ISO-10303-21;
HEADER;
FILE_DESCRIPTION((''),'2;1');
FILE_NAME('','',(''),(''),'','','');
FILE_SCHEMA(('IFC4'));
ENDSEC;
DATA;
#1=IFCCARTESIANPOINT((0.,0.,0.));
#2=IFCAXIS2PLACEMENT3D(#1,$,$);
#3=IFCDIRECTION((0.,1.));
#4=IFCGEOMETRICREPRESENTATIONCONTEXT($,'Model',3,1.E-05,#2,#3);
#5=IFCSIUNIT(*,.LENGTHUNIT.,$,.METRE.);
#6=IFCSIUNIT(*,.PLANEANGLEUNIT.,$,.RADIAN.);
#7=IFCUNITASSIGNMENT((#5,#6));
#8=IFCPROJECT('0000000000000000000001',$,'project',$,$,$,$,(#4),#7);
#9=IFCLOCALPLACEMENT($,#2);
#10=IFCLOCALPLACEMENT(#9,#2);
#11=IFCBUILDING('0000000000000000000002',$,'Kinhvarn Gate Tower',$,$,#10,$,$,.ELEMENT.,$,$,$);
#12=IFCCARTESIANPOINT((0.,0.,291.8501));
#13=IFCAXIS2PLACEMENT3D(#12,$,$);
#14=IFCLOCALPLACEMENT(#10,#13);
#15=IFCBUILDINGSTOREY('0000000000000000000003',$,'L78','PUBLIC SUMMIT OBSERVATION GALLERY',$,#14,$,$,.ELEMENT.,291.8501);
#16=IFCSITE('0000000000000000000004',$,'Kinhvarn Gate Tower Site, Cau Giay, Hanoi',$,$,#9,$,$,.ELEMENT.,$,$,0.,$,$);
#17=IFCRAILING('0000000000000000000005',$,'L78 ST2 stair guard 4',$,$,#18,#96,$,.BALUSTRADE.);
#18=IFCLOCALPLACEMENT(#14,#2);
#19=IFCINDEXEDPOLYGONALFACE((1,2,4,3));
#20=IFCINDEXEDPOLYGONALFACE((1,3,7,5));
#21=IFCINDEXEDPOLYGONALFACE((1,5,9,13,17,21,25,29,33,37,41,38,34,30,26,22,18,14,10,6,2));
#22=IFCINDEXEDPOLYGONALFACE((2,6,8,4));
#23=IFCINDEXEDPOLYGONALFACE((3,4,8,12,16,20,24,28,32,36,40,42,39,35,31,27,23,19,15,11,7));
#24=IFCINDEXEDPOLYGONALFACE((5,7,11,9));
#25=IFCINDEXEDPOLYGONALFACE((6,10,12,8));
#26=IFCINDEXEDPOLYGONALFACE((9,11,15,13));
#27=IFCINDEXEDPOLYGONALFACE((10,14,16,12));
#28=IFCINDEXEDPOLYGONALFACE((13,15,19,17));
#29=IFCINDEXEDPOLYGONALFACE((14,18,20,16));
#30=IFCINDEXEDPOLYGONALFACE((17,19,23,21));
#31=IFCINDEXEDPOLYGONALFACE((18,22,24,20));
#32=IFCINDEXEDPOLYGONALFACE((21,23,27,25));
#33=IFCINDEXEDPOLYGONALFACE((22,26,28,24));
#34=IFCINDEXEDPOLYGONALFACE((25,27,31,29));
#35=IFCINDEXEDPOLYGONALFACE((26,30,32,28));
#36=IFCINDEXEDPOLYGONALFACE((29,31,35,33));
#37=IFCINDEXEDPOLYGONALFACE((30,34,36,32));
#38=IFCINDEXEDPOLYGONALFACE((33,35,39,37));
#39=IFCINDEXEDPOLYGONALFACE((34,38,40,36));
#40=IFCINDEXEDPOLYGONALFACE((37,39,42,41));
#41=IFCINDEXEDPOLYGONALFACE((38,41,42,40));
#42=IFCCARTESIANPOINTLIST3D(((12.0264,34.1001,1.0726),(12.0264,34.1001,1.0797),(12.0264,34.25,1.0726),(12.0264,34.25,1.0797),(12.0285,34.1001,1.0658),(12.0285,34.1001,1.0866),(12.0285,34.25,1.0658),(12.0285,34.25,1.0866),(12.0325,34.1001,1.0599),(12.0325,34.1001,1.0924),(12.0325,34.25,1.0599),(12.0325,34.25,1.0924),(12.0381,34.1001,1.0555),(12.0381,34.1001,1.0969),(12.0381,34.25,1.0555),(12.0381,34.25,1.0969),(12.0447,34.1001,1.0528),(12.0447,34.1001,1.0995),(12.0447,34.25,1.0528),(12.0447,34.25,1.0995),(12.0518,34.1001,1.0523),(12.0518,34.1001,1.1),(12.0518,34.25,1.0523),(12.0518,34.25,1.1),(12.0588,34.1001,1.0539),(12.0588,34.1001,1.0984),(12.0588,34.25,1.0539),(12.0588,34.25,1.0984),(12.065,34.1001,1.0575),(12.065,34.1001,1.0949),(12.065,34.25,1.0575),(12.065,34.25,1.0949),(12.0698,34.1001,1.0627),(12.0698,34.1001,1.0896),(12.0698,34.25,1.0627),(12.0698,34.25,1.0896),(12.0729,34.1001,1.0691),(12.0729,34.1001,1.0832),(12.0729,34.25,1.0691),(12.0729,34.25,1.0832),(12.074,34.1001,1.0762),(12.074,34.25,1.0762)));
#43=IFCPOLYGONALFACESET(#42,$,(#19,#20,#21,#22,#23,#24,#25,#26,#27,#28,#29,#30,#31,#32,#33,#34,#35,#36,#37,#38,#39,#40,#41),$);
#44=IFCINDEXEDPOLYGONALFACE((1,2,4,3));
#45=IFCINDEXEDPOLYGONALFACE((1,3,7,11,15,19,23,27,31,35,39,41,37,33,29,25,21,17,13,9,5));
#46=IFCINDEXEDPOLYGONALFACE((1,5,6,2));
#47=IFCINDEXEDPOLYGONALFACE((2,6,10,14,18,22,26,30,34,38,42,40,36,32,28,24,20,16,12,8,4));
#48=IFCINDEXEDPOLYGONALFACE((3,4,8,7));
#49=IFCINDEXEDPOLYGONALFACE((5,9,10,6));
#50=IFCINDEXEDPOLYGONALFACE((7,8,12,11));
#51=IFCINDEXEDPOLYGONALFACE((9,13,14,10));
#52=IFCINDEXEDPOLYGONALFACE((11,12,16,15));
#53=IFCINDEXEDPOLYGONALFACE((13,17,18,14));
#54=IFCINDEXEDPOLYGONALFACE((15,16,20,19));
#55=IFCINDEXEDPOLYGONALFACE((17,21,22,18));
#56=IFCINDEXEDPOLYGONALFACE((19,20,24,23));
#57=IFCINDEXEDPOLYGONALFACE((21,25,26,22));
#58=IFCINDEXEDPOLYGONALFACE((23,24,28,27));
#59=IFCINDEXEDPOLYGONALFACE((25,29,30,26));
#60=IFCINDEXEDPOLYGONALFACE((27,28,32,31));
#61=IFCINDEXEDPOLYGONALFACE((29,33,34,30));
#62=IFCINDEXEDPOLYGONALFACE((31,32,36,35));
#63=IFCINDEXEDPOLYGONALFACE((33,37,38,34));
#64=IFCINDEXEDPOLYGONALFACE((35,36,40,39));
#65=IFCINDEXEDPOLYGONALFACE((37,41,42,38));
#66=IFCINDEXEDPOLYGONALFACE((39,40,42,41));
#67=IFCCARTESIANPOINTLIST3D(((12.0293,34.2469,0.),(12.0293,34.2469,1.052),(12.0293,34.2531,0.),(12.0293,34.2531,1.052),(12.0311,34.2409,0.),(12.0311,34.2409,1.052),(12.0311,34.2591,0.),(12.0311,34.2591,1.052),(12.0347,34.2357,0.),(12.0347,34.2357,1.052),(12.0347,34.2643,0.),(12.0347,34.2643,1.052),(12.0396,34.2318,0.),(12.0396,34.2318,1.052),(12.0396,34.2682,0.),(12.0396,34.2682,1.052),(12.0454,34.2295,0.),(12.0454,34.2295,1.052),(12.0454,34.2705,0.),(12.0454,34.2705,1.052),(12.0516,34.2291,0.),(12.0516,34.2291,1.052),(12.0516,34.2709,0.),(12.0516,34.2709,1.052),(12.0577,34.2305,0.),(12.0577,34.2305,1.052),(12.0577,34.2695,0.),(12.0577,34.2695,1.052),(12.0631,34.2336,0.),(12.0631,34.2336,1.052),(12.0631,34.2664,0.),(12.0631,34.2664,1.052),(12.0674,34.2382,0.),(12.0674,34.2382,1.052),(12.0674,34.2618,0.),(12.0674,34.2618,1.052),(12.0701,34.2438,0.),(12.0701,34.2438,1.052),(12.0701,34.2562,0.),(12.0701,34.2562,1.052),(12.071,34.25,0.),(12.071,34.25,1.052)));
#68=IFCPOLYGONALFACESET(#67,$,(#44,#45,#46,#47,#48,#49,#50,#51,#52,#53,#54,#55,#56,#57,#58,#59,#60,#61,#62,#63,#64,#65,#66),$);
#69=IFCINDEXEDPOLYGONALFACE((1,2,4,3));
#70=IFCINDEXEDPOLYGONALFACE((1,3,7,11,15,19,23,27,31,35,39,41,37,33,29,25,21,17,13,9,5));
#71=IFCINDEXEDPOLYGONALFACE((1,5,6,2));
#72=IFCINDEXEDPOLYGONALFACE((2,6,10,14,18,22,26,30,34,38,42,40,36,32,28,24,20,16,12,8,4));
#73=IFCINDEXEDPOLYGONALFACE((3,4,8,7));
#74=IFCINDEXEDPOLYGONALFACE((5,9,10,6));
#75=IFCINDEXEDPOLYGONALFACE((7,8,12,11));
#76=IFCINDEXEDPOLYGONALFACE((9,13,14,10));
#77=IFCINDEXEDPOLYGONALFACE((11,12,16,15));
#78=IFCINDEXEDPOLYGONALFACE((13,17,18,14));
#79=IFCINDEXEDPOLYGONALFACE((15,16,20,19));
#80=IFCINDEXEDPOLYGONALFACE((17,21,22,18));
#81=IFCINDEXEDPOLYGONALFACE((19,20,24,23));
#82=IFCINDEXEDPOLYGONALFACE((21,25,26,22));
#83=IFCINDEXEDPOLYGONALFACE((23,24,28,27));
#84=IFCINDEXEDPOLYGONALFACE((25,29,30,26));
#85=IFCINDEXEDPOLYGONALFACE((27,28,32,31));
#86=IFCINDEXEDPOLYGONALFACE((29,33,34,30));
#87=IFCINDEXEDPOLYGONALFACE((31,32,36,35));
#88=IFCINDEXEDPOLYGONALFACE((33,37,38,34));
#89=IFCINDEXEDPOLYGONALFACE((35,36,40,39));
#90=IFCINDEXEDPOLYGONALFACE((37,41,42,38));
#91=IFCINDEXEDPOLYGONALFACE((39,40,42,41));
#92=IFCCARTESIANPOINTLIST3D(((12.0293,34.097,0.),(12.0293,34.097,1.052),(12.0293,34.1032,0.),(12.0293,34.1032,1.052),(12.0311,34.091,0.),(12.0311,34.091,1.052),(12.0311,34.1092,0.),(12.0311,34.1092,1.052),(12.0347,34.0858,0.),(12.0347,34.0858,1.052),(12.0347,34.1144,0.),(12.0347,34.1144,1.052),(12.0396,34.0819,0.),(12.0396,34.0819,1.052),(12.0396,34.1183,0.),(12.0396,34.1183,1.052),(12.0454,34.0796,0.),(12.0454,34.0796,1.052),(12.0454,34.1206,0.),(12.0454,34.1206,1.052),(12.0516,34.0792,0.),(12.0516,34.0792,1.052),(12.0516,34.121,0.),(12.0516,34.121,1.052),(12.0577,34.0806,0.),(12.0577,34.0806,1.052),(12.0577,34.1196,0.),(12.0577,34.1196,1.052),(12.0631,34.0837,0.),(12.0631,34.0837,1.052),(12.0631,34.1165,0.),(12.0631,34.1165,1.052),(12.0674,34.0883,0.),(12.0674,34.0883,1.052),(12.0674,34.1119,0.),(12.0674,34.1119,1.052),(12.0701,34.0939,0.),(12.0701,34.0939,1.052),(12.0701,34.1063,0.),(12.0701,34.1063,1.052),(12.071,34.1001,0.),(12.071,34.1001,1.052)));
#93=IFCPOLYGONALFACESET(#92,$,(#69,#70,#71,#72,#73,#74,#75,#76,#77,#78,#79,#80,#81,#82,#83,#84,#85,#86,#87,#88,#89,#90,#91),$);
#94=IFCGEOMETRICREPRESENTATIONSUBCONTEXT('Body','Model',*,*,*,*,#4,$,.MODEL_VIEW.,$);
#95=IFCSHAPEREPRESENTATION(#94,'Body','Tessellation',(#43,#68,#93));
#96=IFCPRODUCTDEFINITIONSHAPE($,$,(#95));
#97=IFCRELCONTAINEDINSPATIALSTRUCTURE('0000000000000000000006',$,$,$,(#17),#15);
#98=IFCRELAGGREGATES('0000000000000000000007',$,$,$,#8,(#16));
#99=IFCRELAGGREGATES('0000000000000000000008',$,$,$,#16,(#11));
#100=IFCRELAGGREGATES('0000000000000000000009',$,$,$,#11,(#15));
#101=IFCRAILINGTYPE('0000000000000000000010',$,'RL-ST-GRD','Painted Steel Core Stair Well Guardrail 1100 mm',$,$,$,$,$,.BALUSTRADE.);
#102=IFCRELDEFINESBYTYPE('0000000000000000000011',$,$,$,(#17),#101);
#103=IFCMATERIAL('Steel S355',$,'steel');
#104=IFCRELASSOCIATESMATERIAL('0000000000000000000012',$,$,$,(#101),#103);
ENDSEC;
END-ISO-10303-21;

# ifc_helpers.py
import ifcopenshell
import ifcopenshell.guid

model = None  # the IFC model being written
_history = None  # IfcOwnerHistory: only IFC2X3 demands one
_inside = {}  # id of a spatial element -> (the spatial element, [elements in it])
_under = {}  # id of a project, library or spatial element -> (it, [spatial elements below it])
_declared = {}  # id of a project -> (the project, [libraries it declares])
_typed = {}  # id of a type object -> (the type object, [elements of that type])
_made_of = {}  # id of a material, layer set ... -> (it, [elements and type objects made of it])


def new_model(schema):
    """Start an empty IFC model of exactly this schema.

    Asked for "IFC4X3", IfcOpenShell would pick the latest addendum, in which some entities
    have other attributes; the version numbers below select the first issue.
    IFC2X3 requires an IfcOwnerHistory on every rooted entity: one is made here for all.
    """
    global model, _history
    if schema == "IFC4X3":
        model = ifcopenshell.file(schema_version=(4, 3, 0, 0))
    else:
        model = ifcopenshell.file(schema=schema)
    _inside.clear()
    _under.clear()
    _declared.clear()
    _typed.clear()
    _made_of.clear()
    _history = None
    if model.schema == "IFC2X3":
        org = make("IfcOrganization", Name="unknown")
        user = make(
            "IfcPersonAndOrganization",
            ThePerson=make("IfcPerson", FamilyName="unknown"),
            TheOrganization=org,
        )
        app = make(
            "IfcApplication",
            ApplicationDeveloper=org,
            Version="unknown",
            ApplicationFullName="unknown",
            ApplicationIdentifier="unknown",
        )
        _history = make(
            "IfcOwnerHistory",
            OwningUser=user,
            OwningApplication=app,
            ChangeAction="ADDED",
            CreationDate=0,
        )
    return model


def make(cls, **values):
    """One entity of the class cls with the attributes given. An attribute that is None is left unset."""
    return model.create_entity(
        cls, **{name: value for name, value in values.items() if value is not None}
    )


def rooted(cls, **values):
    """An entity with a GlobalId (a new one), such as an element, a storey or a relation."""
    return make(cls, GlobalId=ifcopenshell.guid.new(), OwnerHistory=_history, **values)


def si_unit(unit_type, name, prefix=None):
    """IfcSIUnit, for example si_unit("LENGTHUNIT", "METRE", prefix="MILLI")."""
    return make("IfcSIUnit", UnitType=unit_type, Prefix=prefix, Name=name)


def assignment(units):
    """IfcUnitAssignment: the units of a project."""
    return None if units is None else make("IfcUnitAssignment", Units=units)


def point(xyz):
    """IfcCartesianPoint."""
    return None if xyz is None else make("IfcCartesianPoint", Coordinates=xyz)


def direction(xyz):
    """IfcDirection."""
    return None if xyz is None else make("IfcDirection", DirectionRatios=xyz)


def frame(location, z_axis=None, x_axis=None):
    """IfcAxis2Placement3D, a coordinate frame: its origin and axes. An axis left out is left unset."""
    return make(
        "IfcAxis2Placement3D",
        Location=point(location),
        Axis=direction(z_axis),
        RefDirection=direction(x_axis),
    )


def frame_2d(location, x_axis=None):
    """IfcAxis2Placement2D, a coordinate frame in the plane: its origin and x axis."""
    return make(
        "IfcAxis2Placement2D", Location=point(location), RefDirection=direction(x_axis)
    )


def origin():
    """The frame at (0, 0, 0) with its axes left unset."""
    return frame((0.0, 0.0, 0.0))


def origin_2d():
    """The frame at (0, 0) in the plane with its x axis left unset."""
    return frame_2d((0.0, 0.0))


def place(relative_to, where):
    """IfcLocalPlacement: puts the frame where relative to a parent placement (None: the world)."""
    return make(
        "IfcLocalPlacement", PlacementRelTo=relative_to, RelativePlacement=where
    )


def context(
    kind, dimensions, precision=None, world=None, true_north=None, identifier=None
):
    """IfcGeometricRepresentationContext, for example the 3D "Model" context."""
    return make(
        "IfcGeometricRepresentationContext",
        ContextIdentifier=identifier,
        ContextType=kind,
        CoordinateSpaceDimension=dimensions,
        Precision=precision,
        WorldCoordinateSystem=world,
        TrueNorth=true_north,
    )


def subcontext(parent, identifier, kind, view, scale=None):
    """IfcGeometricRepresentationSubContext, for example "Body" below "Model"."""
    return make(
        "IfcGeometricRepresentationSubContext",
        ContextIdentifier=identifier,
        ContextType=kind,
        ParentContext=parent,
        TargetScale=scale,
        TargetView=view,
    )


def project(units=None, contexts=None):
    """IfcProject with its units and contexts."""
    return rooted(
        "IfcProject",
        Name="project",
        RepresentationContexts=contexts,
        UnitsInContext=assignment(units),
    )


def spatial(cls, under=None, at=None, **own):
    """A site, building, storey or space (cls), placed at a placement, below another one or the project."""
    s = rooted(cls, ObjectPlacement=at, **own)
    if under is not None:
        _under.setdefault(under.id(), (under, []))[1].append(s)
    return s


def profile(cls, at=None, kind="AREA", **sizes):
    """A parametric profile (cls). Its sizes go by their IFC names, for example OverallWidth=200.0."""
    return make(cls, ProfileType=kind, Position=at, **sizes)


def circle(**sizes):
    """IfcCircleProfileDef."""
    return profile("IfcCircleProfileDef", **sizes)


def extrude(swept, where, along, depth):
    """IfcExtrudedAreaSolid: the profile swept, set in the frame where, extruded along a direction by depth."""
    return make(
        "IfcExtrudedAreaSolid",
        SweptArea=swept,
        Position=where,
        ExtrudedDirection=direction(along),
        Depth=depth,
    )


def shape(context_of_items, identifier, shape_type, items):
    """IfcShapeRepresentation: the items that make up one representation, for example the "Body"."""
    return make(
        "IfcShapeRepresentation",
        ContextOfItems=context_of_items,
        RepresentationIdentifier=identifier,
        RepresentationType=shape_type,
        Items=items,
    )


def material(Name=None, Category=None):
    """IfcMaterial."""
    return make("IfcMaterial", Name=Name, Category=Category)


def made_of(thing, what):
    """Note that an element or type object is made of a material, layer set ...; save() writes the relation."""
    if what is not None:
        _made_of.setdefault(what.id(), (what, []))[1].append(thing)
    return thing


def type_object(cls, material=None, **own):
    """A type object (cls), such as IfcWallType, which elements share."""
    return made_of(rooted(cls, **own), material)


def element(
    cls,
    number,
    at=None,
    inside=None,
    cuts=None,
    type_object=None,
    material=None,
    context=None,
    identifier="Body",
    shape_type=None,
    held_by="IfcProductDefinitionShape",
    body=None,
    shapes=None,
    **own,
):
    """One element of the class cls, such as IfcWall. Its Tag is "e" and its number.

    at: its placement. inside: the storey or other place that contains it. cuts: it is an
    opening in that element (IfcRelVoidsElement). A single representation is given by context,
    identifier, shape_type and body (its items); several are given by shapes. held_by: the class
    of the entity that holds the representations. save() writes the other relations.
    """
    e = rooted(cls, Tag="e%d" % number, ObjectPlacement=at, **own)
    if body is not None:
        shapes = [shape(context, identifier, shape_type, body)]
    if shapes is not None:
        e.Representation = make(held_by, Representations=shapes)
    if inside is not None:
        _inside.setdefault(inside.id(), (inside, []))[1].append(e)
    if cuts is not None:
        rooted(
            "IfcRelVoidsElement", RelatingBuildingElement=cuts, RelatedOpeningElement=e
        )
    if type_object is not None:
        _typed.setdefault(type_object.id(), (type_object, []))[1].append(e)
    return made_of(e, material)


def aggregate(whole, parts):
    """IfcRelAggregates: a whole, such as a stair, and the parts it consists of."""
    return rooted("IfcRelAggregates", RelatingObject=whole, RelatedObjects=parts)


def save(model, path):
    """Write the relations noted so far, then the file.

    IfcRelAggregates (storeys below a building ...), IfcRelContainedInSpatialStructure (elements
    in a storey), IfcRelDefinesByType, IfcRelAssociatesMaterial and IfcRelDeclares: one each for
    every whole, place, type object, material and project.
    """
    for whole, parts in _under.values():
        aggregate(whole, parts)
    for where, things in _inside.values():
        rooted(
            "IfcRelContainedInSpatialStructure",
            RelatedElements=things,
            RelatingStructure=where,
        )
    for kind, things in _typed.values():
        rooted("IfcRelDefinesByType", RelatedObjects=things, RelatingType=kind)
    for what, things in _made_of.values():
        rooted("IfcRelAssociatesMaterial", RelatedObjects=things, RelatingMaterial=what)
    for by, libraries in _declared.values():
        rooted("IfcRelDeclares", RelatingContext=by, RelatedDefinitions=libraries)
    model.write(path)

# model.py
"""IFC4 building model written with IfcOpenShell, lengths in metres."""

from ifc_helpers import new_model, si_unit, direction, frame, origin, origin_2d, place, context, subcontext, project, spatial, circle, extrude, material, type_object, element, save


model = new_model("IFC4")

# Units and contexts
model_context = context("Model", 3, precision=1e-05, world=origin(), true_north=direction((0.0, 1.0)))
body_context = subcontext(model_context, "Body", "Model", "MODEL_VIEW")
ifc_project = project(units=[si_unit("LENGTHUNIT", "METRE"), si_unit("PLANEANGLEUNIT", "RADIAN")], contexts=[model_context])

# Site, building, storey
site_placement = place(None, origin())
site = spatial("IfcSite", under=ifc_project, at=site_placement, Name="Kinhvarn Gate Tower Site, Cau Giay, Hanoi", CompositionType="ELEMENT", RefElevation=0.0)
building_placement = place(site_placement, origin())
building = spatial("IfcBuilding", under=site, at=building_placement, Name="Kinhvarn Gate Tower", CompositionType="ELEMENT")
storey_placement = place(building_placement, frame((0.0, 0.0, 291.8501)))
storey = spatial("IfcBuildingStorey", under=building, at=storey_placement, Name="L78", Description="PUBLIC SUMMIT OBSERVATION GALLERY", CompositionType="ELEMENT", Elevation=291.8501)

# Shared definitions
ifc_material_1 = material(Name="Steel S355", Category="steel")

# Railing
railing_type_1 = type_object("IfcRailingType", Name="RL-ST-GRD", Description="Painted Steel Core Stair Well Guardrail 1100 mm", PredefinedType="BALUSTRADE", material=ifc_material_1)
railing_1_placement = place(storey_placement, frame((12.05, 34.25, 0.0)))
element("IfcRailing", 1, at=railing_1_placement, inside=storey, type_object=railing_type_1, Name="L78 ST2 stair guard 4", PredefinedType="BALUSTRADE", context=body_context, shape_type="SweptSolid", body=[
    extrude(circle(Radius=0.0239, at=origin_2d()), frame((0.0, 0.0, 1.0762), z_axis=(0.0, -1.0, 0.0), x_axis=(1.0, 0.0, 0.0)), (0.0, 0.0, 1.0), 0.1499),
    extrude(circle(Radius=0.021, at=origin_2d()), origin(), (0.0, 0.0, 1.0), 1.052),
    extrude(circle(Radius=0.021, at=origin_2d()), frame((0.0, -0.1499, 0.0)), (0.0, 0.0, 1.0), 1.052),
])

save(model, "model.ifc")
